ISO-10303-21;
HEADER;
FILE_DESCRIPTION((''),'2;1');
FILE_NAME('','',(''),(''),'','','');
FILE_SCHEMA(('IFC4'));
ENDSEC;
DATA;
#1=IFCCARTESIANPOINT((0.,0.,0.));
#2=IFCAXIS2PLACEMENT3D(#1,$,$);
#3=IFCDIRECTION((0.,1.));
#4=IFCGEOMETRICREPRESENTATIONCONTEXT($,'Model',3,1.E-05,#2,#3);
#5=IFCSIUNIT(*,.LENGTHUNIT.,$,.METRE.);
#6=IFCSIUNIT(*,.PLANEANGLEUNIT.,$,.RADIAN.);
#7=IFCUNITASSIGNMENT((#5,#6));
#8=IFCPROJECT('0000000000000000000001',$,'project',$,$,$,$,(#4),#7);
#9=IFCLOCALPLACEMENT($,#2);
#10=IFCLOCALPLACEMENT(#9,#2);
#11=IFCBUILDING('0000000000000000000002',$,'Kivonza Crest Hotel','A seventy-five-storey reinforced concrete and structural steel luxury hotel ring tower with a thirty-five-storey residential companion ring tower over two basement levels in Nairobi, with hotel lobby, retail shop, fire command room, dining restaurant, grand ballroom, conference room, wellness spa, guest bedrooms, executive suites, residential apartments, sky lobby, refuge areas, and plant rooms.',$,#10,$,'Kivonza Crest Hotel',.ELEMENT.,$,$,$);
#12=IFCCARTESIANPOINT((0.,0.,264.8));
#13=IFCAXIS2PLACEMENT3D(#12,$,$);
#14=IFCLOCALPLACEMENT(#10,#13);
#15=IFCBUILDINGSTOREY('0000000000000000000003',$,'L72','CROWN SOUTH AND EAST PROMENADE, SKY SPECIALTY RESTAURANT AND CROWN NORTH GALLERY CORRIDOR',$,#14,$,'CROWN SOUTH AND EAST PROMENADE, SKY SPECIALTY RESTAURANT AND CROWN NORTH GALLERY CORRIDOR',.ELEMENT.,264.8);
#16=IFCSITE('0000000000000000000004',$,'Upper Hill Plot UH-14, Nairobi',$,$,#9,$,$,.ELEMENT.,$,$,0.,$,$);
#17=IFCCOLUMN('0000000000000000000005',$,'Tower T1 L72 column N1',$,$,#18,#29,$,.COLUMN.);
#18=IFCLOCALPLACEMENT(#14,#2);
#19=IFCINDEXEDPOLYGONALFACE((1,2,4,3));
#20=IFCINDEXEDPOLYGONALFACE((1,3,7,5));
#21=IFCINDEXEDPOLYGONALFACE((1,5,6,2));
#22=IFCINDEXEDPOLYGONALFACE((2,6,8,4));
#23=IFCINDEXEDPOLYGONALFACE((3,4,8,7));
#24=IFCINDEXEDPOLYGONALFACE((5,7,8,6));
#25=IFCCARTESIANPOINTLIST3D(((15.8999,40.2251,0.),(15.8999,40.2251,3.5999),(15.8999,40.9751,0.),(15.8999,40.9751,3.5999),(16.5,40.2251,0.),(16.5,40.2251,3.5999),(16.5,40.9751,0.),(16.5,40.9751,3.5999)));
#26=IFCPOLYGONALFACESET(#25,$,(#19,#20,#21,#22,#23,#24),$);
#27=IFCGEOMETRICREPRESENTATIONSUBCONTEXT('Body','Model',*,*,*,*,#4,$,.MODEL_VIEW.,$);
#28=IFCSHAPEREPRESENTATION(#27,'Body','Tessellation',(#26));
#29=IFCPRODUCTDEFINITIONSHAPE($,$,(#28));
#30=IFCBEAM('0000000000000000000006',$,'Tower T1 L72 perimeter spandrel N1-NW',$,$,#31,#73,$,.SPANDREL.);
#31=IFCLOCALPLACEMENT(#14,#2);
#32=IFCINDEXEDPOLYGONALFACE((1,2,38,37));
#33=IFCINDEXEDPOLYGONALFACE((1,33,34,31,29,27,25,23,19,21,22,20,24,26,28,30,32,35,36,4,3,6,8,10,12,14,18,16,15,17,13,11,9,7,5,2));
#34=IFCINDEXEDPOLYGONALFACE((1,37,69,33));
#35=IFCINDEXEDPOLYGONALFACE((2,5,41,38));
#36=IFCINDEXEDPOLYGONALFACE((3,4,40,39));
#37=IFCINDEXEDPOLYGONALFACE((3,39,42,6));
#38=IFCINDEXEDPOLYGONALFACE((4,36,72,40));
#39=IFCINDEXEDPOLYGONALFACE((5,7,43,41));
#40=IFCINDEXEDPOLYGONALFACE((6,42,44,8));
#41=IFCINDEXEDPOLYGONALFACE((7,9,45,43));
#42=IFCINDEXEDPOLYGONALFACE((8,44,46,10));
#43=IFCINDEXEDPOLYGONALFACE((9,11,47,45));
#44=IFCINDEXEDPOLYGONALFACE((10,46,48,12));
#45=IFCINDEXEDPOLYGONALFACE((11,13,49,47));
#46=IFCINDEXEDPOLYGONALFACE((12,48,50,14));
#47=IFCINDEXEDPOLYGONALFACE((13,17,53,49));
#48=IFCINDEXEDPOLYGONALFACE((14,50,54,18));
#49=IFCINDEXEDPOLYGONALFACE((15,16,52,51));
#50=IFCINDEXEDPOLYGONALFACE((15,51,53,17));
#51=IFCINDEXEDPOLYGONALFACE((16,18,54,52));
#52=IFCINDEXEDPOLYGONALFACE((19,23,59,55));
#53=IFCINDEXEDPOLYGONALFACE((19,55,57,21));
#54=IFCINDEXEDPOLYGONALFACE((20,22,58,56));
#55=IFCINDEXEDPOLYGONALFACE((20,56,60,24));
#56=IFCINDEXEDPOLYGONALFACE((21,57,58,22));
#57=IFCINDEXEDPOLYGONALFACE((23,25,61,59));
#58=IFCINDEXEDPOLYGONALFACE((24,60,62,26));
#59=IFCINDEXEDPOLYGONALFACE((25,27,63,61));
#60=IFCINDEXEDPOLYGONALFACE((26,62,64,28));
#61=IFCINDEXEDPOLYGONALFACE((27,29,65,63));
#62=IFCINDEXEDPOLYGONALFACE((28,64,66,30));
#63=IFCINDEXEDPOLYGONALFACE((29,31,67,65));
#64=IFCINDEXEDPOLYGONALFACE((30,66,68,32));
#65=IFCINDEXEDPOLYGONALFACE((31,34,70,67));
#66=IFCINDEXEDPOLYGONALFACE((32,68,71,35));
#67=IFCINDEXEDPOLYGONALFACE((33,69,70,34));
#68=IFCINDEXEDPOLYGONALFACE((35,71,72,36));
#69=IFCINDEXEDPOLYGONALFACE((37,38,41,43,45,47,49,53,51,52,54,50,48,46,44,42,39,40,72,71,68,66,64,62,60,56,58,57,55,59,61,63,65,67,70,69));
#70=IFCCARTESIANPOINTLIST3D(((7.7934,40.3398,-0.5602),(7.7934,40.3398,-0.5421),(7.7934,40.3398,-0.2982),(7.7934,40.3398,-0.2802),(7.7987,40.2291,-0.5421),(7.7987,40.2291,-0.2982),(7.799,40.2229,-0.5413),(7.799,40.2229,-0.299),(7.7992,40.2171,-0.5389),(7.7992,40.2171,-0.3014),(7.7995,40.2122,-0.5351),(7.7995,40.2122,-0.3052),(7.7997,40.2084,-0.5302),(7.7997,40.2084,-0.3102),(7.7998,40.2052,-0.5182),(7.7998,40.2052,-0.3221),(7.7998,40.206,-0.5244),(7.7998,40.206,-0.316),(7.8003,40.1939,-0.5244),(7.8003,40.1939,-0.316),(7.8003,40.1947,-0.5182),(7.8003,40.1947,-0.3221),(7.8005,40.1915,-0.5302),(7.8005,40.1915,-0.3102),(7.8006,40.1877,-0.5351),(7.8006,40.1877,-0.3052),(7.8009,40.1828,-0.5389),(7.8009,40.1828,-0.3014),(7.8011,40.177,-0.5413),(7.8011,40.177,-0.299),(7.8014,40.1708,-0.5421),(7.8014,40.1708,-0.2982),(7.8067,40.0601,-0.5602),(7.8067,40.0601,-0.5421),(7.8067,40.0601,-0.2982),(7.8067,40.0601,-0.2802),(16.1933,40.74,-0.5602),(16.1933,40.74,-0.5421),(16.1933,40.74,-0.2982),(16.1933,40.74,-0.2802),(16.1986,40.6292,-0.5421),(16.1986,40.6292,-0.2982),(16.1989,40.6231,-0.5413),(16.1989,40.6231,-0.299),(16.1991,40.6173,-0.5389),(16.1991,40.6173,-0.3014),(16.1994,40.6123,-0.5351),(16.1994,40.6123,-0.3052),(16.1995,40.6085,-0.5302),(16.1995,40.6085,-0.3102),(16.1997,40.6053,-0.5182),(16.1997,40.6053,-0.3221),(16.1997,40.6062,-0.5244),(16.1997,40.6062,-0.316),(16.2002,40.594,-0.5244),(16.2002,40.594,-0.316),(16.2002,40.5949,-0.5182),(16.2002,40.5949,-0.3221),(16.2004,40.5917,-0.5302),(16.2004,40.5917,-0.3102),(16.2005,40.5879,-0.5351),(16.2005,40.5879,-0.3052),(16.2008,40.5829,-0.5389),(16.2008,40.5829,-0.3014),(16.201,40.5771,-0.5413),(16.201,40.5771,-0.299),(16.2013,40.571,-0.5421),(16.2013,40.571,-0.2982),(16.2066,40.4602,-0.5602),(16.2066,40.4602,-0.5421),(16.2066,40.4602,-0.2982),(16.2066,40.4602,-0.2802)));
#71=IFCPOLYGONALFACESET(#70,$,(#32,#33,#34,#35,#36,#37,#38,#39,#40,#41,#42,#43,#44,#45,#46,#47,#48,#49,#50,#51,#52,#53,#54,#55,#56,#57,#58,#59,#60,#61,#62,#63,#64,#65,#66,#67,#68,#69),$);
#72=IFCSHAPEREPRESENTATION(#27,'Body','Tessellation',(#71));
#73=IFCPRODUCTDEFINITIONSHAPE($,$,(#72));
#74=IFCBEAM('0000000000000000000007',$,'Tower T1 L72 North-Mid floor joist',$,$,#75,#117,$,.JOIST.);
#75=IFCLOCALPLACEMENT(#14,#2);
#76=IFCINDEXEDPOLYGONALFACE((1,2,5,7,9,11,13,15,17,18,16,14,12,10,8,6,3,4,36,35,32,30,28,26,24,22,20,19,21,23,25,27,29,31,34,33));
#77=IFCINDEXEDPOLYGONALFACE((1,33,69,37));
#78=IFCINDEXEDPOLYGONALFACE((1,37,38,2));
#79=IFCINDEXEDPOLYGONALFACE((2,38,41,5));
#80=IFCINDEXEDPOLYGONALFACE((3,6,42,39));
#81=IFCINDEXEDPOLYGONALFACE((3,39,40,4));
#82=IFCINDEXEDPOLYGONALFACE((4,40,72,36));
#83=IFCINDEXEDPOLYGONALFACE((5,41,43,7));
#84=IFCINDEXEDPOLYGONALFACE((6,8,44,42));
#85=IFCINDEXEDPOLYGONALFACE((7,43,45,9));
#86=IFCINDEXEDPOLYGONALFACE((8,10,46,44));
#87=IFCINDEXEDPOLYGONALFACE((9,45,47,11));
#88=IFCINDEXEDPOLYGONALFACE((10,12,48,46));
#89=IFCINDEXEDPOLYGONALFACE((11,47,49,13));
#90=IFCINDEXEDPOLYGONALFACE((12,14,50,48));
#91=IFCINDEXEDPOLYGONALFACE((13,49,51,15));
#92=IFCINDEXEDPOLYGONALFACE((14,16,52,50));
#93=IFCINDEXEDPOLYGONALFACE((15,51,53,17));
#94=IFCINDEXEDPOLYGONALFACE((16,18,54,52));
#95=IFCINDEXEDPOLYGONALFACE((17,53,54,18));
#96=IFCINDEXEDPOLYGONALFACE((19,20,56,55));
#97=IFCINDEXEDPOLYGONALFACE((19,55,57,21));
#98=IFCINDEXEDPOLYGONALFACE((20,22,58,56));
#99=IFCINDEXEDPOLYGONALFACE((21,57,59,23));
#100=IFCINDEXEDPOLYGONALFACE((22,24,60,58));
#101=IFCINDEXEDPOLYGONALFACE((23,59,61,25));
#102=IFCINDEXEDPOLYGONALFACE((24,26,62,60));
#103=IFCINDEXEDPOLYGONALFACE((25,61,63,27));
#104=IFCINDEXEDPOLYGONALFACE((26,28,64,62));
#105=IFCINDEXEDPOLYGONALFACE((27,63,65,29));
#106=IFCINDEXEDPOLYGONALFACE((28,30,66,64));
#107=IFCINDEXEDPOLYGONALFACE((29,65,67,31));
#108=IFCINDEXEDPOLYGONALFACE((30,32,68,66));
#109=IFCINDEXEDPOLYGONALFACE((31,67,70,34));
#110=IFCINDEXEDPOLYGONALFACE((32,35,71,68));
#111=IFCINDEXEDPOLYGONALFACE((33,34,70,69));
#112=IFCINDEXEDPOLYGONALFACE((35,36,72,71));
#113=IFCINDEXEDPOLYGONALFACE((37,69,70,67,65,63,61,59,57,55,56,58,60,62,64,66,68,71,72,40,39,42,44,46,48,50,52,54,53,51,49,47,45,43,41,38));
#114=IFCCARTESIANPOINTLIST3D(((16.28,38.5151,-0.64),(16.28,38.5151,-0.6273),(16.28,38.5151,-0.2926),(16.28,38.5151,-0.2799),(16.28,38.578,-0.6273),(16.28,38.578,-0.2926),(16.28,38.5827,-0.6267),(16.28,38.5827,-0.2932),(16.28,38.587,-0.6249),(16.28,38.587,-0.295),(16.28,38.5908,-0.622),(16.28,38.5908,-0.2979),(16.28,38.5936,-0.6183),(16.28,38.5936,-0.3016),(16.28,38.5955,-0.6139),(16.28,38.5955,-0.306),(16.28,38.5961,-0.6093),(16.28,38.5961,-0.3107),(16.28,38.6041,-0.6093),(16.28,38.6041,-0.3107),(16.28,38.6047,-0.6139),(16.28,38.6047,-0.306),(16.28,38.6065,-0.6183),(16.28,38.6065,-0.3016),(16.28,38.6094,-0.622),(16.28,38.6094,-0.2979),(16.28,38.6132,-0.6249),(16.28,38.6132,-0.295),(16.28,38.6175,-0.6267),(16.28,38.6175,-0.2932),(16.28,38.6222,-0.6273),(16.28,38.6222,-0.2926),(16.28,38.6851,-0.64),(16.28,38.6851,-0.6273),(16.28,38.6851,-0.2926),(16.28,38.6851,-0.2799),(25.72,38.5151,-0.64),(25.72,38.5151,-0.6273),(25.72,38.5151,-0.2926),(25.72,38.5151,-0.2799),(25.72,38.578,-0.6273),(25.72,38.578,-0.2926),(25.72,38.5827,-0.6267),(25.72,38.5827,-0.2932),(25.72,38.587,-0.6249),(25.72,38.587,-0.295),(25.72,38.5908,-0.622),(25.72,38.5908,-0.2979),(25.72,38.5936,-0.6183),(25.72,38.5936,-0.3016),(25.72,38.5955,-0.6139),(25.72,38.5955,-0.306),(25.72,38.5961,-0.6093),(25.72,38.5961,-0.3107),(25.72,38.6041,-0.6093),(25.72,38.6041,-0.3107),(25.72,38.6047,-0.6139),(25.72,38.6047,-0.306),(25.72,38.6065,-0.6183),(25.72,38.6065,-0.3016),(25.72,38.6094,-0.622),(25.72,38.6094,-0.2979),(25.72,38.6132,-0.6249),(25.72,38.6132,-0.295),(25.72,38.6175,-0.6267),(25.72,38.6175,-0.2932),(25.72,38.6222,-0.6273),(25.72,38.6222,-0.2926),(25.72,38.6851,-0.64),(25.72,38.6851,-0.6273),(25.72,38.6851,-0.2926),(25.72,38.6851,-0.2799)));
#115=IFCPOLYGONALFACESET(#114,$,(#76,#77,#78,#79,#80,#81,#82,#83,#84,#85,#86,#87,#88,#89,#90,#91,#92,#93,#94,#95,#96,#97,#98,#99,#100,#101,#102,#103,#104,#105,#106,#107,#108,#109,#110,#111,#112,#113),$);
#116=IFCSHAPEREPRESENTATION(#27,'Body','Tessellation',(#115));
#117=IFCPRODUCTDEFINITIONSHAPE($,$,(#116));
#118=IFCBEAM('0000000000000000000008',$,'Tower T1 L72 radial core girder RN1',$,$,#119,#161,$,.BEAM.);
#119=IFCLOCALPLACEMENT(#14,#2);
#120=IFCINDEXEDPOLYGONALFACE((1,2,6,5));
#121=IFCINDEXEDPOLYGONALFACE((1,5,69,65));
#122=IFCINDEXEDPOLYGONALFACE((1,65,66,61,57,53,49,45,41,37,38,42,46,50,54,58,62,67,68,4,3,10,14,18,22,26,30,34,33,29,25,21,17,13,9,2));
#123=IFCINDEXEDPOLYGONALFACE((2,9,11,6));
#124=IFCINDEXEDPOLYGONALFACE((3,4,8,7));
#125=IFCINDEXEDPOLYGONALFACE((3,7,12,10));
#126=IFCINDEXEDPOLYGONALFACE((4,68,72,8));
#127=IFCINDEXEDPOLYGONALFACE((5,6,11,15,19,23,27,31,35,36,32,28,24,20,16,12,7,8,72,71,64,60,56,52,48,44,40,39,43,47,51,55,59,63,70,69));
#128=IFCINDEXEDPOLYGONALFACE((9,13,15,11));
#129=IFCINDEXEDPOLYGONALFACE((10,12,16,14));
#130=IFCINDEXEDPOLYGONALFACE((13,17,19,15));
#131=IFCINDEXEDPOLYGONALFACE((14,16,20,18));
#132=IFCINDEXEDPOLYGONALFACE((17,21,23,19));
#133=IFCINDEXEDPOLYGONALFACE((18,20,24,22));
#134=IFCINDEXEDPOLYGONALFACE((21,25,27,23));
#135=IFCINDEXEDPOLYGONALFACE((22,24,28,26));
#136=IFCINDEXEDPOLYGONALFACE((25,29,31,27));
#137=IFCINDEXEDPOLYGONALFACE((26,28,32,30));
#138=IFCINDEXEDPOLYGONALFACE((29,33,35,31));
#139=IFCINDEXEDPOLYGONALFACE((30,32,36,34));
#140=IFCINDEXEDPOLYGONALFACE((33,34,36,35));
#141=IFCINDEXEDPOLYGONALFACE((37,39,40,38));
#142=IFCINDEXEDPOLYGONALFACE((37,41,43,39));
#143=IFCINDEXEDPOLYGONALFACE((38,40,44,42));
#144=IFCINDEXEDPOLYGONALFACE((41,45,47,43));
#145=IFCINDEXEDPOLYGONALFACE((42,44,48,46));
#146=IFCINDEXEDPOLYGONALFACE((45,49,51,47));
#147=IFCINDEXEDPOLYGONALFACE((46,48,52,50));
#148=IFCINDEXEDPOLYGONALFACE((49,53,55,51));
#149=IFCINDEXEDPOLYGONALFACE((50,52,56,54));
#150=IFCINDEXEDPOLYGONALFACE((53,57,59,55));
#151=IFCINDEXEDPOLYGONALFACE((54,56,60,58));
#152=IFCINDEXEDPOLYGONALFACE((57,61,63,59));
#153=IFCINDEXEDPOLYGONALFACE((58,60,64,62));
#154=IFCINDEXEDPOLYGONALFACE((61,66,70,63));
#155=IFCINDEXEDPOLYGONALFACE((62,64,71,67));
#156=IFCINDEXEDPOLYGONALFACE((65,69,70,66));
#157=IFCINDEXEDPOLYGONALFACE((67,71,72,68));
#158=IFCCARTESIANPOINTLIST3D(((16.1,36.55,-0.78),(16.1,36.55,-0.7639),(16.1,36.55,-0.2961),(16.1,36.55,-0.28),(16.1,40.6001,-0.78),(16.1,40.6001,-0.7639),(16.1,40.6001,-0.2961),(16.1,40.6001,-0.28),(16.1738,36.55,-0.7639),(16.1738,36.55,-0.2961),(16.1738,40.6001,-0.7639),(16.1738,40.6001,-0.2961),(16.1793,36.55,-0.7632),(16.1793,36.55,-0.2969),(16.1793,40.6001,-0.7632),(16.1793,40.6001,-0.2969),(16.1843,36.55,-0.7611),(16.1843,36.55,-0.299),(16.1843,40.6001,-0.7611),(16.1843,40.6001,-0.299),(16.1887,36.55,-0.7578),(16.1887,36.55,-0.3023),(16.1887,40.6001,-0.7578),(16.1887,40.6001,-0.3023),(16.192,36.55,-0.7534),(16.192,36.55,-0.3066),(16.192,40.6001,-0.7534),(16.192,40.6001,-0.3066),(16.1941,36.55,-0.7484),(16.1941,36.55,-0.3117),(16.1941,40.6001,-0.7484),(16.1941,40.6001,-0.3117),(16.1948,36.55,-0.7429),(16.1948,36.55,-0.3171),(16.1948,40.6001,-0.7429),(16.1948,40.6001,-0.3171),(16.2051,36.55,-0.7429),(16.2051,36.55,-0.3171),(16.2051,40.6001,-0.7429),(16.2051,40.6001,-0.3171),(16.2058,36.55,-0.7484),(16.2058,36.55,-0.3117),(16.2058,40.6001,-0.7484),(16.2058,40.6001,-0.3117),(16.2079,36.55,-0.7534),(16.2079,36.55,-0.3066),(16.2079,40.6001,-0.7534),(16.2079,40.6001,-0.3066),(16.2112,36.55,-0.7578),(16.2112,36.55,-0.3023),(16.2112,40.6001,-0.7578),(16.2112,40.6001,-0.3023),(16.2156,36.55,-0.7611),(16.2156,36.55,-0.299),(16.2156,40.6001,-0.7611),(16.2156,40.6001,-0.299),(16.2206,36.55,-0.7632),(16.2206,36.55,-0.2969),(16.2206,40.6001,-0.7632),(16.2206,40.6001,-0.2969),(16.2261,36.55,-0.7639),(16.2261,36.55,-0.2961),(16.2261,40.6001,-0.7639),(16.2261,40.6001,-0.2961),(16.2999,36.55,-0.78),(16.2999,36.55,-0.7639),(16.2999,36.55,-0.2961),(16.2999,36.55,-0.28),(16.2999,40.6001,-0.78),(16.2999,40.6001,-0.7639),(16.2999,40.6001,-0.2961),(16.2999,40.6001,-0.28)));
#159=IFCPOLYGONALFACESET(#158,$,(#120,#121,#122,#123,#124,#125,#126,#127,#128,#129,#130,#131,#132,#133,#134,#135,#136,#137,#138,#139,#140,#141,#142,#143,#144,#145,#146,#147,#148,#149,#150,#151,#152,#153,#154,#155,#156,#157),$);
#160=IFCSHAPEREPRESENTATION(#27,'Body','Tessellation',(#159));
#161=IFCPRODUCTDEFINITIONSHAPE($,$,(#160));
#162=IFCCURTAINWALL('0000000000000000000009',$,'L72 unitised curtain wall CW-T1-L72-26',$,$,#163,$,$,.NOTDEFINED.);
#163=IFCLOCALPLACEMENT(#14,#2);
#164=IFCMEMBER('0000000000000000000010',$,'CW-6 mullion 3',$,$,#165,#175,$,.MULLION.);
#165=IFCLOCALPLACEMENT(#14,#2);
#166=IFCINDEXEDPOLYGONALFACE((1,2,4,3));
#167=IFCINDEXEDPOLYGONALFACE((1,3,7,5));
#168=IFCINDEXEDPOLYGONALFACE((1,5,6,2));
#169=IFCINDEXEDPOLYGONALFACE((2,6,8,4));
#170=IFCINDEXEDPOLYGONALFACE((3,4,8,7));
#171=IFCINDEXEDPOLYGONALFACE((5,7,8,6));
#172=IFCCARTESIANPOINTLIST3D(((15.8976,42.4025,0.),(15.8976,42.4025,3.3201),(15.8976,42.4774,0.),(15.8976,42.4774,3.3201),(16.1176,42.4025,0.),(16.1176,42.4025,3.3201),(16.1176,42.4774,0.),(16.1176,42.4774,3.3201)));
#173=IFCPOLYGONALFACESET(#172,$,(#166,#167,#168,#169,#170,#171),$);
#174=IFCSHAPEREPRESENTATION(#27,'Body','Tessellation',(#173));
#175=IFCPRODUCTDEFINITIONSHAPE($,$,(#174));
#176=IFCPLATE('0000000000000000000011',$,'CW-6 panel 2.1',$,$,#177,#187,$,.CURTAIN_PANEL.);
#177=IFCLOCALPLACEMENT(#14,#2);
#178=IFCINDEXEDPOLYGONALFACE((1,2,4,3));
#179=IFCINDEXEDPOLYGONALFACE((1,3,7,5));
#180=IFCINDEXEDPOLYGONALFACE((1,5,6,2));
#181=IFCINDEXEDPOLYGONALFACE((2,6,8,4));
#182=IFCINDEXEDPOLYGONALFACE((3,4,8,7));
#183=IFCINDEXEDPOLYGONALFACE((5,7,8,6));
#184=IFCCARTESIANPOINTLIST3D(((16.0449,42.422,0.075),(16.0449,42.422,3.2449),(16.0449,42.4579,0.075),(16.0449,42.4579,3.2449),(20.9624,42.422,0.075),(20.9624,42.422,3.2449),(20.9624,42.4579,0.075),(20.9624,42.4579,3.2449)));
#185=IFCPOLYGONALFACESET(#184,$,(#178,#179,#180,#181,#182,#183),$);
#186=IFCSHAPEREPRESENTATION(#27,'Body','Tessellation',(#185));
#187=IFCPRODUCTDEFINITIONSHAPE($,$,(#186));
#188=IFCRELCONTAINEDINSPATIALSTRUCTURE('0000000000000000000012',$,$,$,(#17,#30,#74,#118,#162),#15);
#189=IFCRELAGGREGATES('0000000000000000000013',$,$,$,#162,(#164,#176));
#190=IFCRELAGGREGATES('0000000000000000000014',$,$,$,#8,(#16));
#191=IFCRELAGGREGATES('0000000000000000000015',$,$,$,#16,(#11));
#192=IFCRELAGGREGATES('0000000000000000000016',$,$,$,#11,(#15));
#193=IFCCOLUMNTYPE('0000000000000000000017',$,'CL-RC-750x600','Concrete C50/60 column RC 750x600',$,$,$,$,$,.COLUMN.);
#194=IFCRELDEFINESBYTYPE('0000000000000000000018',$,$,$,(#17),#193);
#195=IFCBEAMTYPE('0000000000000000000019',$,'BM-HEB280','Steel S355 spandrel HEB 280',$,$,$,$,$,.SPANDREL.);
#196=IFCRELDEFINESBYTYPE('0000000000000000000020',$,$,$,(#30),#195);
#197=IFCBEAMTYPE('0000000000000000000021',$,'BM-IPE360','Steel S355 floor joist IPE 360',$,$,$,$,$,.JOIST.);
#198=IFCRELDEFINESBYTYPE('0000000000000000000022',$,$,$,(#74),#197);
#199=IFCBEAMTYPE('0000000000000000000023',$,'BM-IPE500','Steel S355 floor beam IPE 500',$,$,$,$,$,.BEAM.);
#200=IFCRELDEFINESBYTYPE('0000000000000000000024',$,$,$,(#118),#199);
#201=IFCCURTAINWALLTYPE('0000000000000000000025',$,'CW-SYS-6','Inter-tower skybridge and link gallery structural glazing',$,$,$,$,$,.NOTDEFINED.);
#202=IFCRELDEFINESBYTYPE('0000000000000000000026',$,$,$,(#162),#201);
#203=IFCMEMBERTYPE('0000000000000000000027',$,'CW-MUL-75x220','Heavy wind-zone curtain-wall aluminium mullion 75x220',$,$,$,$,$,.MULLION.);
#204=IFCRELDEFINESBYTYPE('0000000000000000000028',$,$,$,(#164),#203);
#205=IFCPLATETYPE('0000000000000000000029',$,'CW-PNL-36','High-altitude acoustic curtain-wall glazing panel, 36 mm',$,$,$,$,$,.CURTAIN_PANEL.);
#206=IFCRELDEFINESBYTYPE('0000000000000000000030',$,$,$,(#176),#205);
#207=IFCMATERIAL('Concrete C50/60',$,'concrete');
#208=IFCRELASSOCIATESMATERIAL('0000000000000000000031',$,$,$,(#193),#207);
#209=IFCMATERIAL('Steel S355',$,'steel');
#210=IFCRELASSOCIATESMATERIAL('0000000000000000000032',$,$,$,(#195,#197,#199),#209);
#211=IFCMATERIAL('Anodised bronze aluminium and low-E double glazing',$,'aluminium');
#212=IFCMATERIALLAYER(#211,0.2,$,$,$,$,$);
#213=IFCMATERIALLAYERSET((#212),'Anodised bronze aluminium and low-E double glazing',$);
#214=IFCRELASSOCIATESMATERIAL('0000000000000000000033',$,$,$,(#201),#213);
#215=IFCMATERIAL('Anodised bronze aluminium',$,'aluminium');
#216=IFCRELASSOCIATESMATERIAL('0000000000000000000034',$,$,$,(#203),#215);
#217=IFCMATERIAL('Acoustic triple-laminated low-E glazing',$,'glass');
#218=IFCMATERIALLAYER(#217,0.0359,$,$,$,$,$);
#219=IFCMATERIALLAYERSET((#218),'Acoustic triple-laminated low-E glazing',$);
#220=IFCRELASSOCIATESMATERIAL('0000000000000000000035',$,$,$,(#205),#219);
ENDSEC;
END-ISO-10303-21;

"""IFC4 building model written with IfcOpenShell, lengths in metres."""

from ifc_helpers import new_model, si_unit, direction, frame, origin, origin_2d, place, context, subcontext, project, spatial, rectangle, i_section, extrude, material, layer, layer_set, material_profile, profile_set, type_object, element, aggregate, save


model = new_model("IFC4")

# Units and contexts
model_context = context("Model", 3, precision=1e-05, world=origin(), true_north=direction((0.0, 1.0)))
body_context = subcontext(model_context, "Body", "Model", "MODEL_VIEW")
ifc_project = project(units=[si_unit("LENGTHUNIT", "METRE"), si_unit("PLANEANGLEUNIT", "RADIAN")], contexts=[model_context])

# Site, building, storey
site_placement = place(None, origin())
site = spatial("IfcSite", under=ifc_project, at=site_placement, Name="Upper Hill Plot UH-14, Nairobi", CompositionType="ELEMENT", RefElevation=0.0)
building_placement = place(site_placement, origin())
building = spatial("IfcBuilding", under=site, at=building_placement, Name="Kivonza Crest Hotel", Description="A seventy-five-storey reinforced concrete and structural steel luxury hotel ring tower with a thirty-five-storey residential companion ring tower over two basement levels in Nairobi, with hotel lobby, retail shop, fire command room, dining restaurant, grand ballroom, conference room, wellness spa, guest bedrooms, executive suites, residential apartments, sky lobby, refuge areas, and plant rooms.", LongName="Kivonza Crest Hotel", CompositionType="ELEMENT")
storey_placement = place(building_placement, frame((0.0, 0.0, 264.8)))
storey = spatial("IfcBuildingStorey", under=building, at=storey_placement, Name="L72", Description="CROWN SOUTH AND EAST PROMENADE, SKY SPECIALTY RESTAURANT AND CROWN NORTH GALLERY CORRIDOR", LongName="CROWN SOUTH AND EAST PROMENADE, SKY SPECIALTY RESTAURANT AND CROWN NORTH GALLERY CORRIDOR", CompositionType="ELEMENT", Elevation=264.8)

# Column
ifc_material_1 = material(Name="Concrete C50/60", Category="concrete")
ifc_material_profile_1 = material_profile(ifc_material_1, rectangle(XDim=0.6001, YDim=0.75, at=origin_2d()), Name="RC 750x600")
ifc_profile_set_1 = profile_set([ifc_material_profile_1], Name="Concrete C50/60")
column_type = type_object("IfcColumnType", Name="CL-RC-750x600", Description="Concrete C50/60 column RC 750x600", PredefinedType="COLUMN", material=ifc_profile_set_1)
column_placement = place(storey_placement, frame((16.2, 40.6001, 0.0), z_axis=(0.0, 0.0, 1.0), x_axis=(1.0, 0.0, 0.0)))
element("IfcColumn", 1, at=column_placement, inside=storey, type_object=column_type, Name="Tower T1 L72 column N1", PredefinedType="COLUMN", context=body_context, shape_type="SweptSolid", body=[
    extrude(rectangle(XDim=0.6001, YDim=0.75, at=origin_2d()), origin(), (0.0, 0.0, 1.0), 3.5999),
])

# Beams
ifc_material_2 = material(Name="Steel S355", Category="steel")
ifc_material_profile_2 = material_profile(ifc_material_2, i_section(OverallWidth=0.28, OverallDepth=0.28, WebThickness=0.0105, FlangeThickness=0.0181, FilletRadius=0.0239, at=origin_2d()), Name="HEB 280")
ifc_profile_set_2 = profile_set([ifc_material_profile_2], Name="Steel S355")
beam_type_1 = type_object("IfcBeamType", Name="BM-HEB280", Description="Steel S355 spandrel HEB 280", PredefinedType="SPANDREL", material=ifc_profile_set_2)
beam_1_placement = place(storey_placement, frame((16.2, 40.6001, -0.4202), z_axis=(-0.998867, -0.047583, 0.0), x_axis=(0.047583, -0.998867, 0.0)))
element("IfcBeam", 2, at=beam_1_placement, inside=storey, type_object=beam_type_1, Name="Tower T1 L72 perimeter spandrel N1-NW", PredefinedType="SPANDREL", context=body_context, shape_type="SweptSolid", body=[
    extrude(i_section(OverallWidth=0.28, OverallDepth=0.28, WebThickness=0.0105, FlangeThickness=0.0181, FilletRadius=0.0239, at=origin_2d()), origin(), (0.0, 0.0, 1.0), 8.4094),
])
ifc_material_profile_3 = material_profile(ifc_material_2, i_section(OverallWidth=0.1699, OverallDepth=0.3601, WebThickness=0.0081, FlangeThickness=0.0127, FilletRadius=0.0181, at=origin_2d()), Name="IPE 360")
ifc_profile_set_3 = profile_set([ifc_material_profile_3], Name="Steel S355")
beam_type_2 = type_object("IfcBeamType", Name="BM-IPE360", Description="Steel S355 floor joist IPE 360", PredefinedType="JOIST", material=ifc_profile_set_3)
beam_2_placement = place(storey_placement, frame((16.28, 38.6001, -0.46), z_axis=(1.0, 0.0, 0.0), x_axis=(0.0, 1.0, 0.0)))
element("IfcBeam", 3, at=beam_2_placement, inside=storey, type_object=beam_type_2, Name="Tower T1 L72 North-Mid floor joist", PredefinedType="JOIST", context=body_context, shape_type="SweptSolid", body=[
    extrude(i_section(OverallWidth=0.1699, OverallDepth=0.3601, WebThickness=0.0081, FlangeThickness=0.0127, FilletRadius=0.0181, at=origin_2d()), origin(), (0.0, 0.0, 1.0), 9.4399),
])
ifc_material_profile_4 = material_profile(ifc_material_2, i_section(OverallWidth=0.2, OverallDepth=0.5, WebThickness=0.0103, FlangeThickness=0.0161, FilletRadius=0.021, at=origin_2d()), Name="IPE 500")
ifc_profile_set_4 = profile_set([ifc_material_profile_4], Name="Steel S355")
beam_type_3 = type_object("IfcBeamType", Name="BM-IPE500", Description="Steel S355 floor beam IPE 500", PredefinedType="BEAM", material=ifc_profile_set_4)
beam_3_placement = place(storey_placement, frame((16.2, 40.6001, -0.53), z_axis=(0.0, -1.0, 0.0), x_axis=(1.0, 0.0, 0.0)))
element("IfcBeam", 4, at=beam_3_placement, inside=storey, type_object=beam_type_3, Name="Tower T1 L72 radial core girder RN1", PredefinedType="BEAM", context=body_context, shape_type="SweptSolid", body=[
    extrude(i_section(OverallWidth=0.2, OverallDepth=0.5, WebThickness=0.0103, FlangeThickness=0.0161, FilletRadius=0.021, at=origin_2d()), origin(), (0.0, 0.0, 1.0), 4.05),
])

# Curtain wall, member, plate
ifc_material_3 = material(Name="Anodised bronze aluminium and low-E double glazing", Category="aluminium")
ifc_layer_1 = layer(ifc_material_3, 0.2)
ifc_layer_set_1 = layer_set([ifc_layer_1], Name="Anodised bronze aluminium and low-E double glazing")
curtain_wall_type = type_object("IfcCurtainWallType", Name="CW-SYS-6", Description="Inter-tower skybridge and link gallery structural glazing", PredefinedType="NOTDEFINED", material=ifc_layer_set_1)
curtain_wall_placement = place(storey_placement, origin())
curtain_wall = element("IfcCurtainWall", 5, at=curtain_wall_placement, inside=storey, type_object=curtain_wall_type, Name="L72 unitised curtain wall CW-T1-L72-26", PredefinedType="NOTDEFINED")
ifc_material_4 = material(Name="Anodised bronze aluminium", Category="aluminium")
ifc_material_profile_5 = material_profile(ifc_material_4, rectangle(XDim=0.075, YDim=0.22, at=origin_2d()), Name="CW-M 75x220")
ifc_profile_set_5 = profile_set([ifc_material_profile_5], Name="Anodised bronze aluminium")
member_type = type_object("IfcMemberType", Name="CW-MUL-75x220", Description="Heavy wind-zone curtain-wall aluminium mullion 75x220", PredefinedType="MULLION", material=ifc_profile_set_5)
member_placement = place(storey_placement, frame((16.0076, 42.4399, 0.0), z_axis=(0.0, 0.0, 1.0), x_axis=(0.0, -1.0, 0.0)))
member = element("IfcMember", 6, at=member_placement, type_object=member_type, Name="CW-6 mullion 3", PredefinedType="MULLION", context=body_context, shape_type="SweptSolid", body=[
    extrude(rectangle(XDim=0.075, YDim=0.22, at=origin_2d()), origin(), (0.0, 0.0, 1.0), 3.3201),
])
ifc_material_5 = material(Name="Acoustic triple-laminated low-E glazing", Category="glass")
ifc_layer_2 = layer(ifc_material_5, 0.0359)
ifc_layer_set_2 = layer_set([ifc_layer_2], Name="Acoustic triple-laminated low-E glazing")
plate_type = type_object("IfcPlateType", Name="CW-PNL-36", Description="High-altitude acoustic curtain-wall glazing panel, 36 mm", PredefinedType="CURTAIN_PANEL", material=ifc_layer_set_2)
plate_placement = place(storey_placement, frame((18.5037, 42.4399, 0.075), z_axis=(0.0, 0.0, 1.0), x_axis=(-1.0, 0.0, 0.0)))
plate = element("IfcPlate", 7, at=plate_placement, type_object=plate_type, Name="CW-6 panel 2.1", PredefinedType="CURTAIN_PANEL", context=body_context, shape_type="SweptSolid", body=[
    extrude(rectangle(XDim=4.9175, YDim=0.0359, at=origin_2d()), origin(), (0.0, 0.0, 1.0), 3.1699),
])
aggregate(curtain_wall, [member, plate])

save(model, "model.ifc")
